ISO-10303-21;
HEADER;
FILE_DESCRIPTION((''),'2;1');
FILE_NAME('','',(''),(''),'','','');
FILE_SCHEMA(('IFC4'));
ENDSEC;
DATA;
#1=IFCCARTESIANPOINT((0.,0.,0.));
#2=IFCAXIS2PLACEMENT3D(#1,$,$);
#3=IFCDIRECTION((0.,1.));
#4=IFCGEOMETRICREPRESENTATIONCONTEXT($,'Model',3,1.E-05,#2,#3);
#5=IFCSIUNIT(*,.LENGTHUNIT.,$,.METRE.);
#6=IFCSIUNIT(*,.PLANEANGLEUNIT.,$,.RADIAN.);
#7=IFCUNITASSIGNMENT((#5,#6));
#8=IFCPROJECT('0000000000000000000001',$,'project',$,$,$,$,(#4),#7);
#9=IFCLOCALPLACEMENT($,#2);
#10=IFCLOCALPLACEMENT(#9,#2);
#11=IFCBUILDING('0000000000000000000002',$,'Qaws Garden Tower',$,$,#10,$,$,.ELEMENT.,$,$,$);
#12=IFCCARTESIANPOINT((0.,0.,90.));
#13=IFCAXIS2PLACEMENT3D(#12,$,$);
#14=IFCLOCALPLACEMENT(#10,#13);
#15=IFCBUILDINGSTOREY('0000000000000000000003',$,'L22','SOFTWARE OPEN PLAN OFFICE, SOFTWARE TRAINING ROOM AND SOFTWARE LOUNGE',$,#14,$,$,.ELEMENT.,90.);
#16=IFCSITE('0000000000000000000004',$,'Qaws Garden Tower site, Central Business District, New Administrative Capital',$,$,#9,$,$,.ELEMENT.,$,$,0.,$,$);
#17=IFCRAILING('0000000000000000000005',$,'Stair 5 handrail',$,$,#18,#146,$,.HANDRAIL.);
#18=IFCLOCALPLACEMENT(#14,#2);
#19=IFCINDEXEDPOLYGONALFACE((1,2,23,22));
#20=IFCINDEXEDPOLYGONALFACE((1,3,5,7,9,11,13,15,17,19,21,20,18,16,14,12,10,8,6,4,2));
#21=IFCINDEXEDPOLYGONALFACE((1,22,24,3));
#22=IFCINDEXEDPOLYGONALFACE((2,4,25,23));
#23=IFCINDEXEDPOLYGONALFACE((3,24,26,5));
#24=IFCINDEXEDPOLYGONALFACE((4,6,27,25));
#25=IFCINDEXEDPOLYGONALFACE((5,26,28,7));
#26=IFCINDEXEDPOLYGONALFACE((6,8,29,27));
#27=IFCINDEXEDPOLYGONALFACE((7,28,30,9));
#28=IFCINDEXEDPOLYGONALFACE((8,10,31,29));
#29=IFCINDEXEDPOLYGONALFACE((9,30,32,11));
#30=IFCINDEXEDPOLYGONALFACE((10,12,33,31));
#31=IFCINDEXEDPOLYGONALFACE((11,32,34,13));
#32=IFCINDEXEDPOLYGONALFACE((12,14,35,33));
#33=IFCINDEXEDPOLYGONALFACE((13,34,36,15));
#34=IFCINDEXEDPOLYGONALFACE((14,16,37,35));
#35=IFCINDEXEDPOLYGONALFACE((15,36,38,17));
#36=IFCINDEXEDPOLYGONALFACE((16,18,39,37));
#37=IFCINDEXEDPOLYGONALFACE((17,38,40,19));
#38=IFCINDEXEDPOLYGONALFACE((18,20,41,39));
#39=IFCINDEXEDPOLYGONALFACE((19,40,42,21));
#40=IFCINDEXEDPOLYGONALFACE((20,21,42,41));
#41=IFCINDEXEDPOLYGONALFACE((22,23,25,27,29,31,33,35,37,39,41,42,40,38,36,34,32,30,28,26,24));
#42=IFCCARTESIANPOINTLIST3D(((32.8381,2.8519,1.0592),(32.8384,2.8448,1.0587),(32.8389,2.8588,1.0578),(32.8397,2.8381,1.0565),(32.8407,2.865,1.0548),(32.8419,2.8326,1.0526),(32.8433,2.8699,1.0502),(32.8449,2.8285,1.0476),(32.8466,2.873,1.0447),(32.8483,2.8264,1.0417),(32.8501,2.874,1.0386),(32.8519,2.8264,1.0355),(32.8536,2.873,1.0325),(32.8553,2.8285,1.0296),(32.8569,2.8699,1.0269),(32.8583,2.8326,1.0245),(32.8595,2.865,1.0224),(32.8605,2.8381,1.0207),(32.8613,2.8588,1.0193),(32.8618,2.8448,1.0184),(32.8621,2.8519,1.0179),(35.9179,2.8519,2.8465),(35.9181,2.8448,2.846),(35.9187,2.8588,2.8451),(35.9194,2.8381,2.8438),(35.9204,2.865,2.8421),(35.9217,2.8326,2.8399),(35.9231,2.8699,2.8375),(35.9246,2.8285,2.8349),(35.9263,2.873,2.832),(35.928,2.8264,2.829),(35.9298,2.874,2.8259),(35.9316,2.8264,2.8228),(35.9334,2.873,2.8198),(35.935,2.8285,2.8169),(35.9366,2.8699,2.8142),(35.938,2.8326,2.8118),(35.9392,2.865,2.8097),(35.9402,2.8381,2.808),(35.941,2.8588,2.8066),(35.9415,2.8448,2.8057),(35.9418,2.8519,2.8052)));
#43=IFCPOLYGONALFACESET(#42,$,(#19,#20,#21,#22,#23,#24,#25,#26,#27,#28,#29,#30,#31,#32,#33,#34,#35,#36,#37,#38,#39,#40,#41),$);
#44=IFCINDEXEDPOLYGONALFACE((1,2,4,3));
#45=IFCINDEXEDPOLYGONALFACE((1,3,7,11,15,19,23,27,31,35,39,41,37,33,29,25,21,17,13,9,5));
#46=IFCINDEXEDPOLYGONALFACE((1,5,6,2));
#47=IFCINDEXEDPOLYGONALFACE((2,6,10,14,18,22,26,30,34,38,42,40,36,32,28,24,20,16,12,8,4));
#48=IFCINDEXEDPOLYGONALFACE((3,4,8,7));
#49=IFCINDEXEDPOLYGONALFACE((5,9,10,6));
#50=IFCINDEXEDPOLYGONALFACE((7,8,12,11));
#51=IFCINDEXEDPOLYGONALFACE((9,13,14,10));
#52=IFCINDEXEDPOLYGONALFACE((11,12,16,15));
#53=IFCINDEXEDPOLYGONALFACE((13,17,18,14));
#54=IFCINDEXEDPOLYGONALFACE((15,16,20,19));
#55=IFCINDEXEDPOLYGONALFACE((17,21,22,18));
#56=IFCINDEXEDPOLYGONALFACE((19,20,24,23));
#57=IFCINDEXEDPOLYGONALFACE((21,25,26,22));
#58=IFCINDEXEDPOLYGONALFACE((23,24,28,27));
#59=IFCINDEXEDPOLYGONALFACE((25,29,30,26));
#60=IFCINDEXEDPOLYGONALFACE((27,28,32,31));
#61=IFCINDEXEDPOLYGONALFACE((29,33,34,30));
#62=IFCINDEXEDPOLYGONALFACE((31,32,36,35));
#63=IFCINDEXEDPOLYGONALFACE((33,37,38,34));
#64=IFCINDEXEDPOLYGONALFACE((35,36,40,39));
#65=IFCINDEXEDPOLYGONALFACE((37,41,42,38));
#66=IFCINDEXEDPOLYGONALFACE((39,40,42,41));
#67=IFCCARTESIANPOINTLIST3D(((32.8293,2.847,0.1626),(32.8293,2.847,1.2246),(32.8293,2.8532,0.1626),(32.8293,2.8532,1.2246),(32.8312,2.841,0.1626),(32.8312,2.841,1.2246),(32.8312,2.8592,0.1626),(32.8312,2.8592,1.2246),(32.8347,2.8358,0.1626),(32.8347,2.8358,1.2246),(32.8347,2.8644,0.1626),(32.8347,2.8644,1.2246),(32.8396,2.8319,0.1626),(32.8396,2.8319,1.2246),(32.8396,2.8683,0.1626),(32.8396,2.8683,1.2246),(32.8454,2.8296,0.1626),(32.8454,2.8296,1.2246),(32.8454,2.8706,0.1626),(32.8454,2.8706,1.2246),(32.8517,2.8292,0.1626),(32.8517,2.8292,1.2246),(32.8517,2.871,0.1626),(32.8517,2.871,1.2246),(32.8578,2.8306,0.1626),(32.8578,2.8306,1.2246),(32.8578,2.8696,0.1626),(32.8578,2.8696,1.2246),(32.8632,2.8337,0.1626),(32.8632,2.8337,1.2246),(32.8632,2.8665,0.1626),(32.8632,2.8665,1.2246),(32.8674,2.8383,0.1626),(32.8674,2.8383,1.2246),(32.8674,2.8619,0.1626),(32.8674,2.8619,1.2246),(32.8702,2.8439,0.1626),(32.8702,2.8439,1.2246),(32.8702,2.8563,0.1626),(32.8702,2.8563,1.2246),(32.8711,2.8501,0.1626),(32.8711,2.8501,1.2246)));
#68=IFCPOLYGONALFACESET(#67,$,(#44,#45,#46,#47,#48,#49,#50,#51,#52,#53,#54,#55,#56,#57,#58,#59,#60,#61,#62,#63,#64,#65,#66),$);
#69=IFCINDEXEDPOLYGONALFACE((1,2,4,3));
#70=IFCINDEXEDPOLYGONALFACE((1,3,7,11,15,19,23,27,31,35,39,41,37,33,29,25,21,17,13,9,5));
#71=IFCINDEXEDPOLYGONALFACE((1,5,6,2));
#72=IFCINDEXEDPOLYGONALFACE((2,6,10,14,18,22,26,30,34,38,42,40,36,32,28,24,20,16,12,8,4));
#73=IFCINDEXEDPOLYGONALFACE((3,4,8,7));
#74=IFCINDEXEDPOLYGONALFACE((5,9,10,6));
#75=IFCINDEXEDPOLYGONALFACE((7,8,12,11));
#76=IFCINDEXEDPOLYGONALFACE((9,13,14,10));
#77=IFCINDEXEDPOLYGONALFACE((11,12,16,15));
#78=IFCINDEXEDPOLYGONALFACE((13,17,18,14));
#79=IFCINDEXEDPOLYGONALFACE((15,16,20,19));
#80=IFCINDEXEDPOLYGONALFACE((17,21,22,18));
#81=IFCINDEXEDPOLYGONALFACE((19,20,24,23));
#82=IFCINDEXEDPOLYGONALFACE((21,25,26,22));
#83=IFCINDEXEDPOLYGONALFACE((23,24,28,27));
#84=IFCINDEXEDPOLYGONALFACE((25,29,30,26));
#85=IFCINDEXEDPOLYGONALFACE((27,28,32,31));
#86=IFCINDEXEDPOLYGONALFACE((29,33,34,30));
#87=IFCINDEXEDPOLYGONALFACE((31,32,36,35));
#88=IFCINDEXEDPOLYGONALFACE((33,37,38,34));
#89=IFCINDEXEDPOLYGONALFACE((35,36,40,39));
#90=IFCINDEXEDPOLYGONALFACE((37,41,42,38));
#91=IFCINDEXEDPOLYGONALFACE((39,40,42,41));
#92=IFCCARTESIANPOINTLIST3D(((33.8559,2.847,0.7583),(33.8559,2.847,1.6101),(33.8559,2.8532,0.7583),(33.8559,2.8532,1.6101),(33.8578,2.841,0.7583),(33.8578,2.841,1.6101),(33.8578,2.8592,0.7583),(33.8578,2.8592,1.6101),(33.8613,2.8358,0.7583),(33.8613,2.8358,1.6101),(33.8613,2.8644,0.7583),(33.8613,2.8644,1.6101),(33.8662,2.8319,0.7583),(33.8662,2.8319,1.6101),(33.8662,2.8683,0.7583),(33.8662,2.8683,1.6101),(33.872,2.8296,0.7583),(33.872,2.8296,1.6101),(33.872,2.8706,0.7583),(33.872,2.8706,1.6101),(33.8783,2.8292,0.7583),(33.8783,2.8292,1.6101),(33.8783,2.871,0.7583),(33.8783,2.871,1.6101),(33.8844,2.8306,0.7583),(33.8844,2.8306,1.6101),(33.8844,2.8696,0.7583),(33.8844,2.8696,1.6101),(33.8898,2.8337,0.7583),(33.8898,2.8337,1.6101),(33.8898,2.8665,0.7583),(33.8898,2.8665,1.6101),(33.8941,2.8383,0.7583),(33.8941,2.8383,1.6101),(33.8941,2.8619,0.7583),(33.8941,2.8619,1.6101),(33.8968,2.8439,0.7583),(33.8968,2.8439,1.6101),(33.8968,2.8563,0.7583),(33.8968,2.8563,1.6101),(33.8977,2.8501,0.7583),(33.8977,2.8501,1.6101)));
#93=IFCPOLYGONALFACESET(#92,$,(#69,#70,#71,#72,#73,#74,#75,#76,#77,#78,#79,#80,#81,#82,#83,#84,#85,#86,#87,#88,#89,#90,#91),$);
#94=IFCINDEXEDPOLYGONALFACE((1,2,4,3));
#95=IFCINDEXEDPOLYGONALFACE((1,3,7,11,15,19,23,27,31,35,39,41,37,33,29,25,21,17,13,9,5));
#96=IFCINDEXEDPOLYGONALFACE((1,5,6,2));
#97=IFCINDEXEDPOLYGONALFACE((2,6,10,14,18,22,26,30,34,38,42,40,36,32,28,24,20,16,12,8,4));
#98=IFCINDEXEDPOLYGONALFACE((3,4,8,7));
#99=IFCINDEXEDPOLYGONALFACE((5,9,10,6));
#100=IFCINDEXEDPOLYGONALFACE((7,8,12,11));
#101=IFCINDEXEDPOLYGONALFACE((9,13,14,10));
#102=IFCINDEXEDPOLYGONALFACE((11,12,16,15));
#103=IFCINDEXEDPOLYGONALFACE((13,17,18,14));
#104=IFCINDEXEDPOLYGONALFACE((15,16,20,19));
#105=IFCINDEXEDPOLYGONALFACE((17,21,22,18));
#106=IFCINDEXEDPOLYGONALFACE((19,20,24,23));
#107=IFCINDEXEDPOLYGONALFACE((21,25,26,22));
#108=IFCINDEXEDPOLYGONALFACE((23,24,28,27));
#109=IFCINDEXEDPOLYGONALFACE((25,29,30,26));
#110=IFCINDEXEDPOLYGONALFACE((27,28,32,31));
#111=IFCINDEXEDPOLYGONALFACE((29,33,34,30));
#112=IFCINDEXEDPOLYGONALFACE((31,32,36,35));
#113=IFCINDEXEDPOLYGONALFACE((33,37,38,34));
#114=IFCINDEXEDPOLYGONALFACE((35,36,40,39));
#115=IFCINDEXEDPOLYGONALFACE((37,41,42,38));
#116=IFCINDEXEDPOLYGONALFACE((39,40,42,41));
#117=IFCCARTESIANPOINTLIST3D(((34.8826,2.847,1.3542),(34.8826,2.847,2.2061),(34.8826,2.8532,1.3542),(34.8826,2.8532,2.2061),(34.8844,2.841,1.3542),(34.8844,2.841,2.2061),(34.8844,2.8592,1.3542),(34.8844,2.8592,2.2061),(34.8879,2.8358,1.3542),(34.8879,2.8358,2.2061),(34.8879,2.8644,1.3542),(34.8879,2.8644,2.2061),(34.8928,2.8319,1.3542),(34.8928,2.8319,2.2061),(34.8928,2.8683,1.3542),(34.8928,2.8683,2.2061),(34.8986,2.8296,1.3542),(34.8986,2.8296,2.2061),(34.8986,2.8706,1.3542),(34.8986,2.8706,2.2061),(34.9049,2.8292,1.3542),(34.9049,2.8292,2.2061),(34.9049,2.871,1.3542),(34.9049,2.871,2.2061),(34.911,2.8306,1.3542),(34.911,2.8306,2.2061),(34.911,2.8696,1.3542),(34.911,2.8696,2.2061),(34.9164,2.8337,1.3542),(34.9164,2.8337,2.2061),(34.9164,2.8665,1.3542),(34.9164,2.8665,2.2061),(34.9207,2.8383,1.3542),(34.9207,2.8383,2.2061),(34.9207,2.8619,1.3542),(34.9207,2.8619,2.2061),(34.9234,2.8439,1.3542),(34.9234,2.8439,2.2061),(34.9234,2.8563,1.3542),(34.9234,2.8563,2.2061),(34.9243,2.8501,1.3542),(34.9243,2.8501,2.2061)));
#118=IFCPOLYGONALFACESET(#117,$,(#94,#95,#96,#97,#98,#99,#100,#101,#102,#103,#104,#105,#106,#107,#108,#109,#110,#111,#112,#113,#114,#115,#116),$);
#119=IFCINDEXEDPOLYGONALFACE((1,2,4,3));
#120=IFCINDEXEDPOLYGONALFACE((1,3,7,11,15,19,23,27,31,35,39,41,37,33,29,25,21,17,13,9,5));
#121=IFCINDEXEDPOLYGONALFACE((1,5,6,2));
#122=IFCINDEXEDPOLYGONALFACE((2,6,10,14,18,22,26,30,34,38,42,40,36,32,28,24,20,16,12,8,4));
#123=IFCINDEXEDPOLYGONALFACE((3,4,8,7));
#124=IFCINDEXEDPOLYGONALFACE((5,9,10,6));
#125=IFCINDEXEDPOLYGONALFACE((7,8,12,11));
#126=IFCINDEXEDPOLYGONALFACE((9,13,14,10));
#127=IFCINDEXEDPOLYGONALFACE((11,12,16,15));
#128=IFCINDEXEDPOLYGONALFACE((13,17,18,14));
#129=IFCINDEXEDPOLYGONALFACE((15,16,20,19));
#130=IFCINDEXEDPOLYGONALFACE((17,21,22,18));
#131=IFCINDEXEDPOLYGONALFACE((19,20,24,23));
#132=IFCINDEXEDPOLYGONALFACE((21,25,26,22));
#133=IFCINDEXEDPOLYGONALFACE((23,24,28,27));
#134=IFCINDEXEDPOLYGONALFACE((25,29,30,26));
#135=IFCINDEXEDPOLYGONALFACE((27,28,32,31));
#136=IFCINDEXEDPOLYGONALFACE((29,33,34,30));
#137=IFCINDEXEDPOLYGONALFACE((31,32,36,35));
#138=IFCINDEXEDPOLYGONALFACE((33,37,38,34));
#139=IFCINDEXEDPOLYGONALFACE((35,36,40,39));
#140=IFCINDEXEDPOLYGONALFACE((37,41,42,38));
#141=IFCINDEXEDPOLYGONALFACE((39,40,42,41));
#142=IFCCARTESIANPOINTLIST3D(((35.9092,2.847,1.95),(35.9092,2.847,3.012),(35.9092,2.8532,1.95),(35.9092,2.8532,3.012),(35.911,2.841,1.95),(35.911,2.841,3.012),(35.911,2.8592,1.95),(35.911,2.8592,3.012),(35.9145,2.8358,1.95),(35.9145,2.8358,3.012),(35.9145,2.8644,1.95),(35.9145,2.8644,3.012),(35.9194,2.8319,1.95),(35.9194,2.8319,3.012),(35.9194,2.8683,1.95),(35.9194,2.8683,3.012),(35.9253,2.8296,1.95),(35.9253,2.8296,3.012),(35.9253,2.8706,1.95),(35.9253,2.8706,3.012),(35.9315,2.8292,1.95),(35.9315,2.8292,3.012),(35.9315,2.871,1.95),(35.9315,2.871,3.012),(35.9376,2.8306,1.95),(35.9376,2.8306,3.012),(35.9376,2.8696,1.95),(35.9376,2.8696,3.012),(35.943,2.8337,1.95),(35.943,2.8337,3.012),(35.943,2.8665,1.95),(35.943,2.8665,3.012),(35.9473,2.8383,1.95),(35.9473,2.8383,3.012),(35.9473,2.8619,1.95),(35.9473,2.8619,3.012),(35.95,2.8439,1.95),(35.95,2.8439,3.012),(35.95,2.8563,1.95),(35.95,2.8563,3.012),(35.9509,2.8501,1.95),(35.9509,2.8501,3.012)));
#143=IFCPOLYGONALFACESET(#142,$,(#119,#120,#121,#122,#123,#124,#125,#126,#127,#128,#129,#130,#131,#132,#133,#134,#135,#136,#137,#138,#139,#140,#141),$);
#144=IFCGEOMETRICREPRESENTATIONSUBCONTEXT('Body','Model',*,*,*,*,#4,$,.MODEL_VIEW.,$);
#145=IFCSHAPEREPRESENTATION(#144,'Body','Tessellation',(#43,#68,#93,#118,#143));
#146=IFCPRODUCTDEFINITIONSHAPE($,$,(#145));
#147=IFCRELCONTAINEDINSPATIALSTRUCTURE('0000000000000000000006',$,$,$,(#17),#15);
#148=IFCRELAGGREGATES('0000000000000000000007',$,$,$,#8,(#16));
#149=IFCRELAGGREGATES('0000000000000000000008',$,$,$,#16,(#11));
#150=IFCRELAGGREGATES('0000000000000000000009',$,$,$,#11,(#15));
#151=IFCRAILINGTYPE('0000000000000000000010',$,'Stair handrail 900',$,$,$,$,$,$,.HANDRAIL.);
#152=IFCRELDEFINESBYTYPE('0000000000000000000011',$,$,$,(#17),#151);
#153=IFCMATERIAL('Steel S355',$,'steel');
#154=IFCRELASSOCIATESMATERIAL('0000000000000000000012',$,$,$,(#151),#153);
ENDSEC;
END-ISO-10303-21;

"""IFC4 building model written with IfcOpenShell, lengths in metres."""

from ifc_helpers import new_model, si_unit, direction, frame, origin, origin_2d, place, context, subcontext, project, spatial, circle, extrude, material, type_object, element, save


model = new_model("IFC4")

# Units and contexts
model_context = context("Model", 3, precision=1e-05, world=origin(), true_north=direction((0.0, 1.0)))
body_context = subcontext(model_context, "Body", "Model", "MODEL_VIEW")
ifc_project = project(units=[si_unit("LENGTHUNIT", "METRE"), si_unit("PLANEANGLEUNIT", "RADIAN")], contexts=[model_context])

# Site, building, storey
site_placement = place(None, origin())
site = spatial("IfcSite", under=ifc_project, at=site_placement, Name="Qaws Garden Tower site, Central Business District, New Administrative Capital", CompositionType="ELEMENT", RefElevation=0.0)
building_placement = place(site_placement, origin())
building = spatial("IfcBuilding", under=site, at=building_placement, Name="Qaws Garden Tower", CompositionType="ELEMENT")
storey_placement = place(building_placement, frame((0.0, 0.0, 90.0)))
storey = spatial("IfcBuildingStorey", under=building, at=storey_placement, Name="L22", Description="SOFTWARE OPEN PLAN OFFICE, SOFTWARE TRAINING ROOM AND SOFTWARE LOUNGE", CompositionType="ELEMENT", Elevation=90.0)

# Railing
ifc_material_1 = material(Name="Steel S355", Category="steel")
railing_type = type_object("IfcRailingType", Name="Stair handrail 900", PredefinedType="HANDRAIL", material=ifc_material_1)
railing_placement = place(storey_placement, frame((32.8501, 2.8501, 0.1626)))
element("IfcRailing", 1, at=railing_placement, inside=storey, type_object=railing_type, Name="Stair 5 handrail", PredefinedType="HANDRAIL", context=body_context, shape_type="SweptSolid", body=[
    extrude(circle(Radius=0.0239, at=origin_2d()), frame((0.0, 0.0, 0.876), z_axis=(0.864903, 0.0, 0.501939), x_axis=(0.0, 1.0, 0.0)), (0.0, 0.0, 1.0), 3.5608),
    extrude(circle(Radius=0.021, at=origin_2d()), origin(), (0.0, 0.0, 1.0), 1.062),
    extrude(circle(Radius=0.021, at=origin_2d()), frame((1.0266, 0.0, 0.5957)), (0.0, 0.0, 1.0), 0.8518),
    extrude(circle(Radius=0.021, at=origin_2d()), frame((2.0532, 0.0, 1.1917)), (0.0, 0.0, 1.0), 0.8518),
    extrude(circle(Radius=0.021, at=origin_2d()), frame((3.0798, 0.0, 1.7874)), (0.0, 0.0, 1.0), 1.062),
])

save(model, "model.ifc")
